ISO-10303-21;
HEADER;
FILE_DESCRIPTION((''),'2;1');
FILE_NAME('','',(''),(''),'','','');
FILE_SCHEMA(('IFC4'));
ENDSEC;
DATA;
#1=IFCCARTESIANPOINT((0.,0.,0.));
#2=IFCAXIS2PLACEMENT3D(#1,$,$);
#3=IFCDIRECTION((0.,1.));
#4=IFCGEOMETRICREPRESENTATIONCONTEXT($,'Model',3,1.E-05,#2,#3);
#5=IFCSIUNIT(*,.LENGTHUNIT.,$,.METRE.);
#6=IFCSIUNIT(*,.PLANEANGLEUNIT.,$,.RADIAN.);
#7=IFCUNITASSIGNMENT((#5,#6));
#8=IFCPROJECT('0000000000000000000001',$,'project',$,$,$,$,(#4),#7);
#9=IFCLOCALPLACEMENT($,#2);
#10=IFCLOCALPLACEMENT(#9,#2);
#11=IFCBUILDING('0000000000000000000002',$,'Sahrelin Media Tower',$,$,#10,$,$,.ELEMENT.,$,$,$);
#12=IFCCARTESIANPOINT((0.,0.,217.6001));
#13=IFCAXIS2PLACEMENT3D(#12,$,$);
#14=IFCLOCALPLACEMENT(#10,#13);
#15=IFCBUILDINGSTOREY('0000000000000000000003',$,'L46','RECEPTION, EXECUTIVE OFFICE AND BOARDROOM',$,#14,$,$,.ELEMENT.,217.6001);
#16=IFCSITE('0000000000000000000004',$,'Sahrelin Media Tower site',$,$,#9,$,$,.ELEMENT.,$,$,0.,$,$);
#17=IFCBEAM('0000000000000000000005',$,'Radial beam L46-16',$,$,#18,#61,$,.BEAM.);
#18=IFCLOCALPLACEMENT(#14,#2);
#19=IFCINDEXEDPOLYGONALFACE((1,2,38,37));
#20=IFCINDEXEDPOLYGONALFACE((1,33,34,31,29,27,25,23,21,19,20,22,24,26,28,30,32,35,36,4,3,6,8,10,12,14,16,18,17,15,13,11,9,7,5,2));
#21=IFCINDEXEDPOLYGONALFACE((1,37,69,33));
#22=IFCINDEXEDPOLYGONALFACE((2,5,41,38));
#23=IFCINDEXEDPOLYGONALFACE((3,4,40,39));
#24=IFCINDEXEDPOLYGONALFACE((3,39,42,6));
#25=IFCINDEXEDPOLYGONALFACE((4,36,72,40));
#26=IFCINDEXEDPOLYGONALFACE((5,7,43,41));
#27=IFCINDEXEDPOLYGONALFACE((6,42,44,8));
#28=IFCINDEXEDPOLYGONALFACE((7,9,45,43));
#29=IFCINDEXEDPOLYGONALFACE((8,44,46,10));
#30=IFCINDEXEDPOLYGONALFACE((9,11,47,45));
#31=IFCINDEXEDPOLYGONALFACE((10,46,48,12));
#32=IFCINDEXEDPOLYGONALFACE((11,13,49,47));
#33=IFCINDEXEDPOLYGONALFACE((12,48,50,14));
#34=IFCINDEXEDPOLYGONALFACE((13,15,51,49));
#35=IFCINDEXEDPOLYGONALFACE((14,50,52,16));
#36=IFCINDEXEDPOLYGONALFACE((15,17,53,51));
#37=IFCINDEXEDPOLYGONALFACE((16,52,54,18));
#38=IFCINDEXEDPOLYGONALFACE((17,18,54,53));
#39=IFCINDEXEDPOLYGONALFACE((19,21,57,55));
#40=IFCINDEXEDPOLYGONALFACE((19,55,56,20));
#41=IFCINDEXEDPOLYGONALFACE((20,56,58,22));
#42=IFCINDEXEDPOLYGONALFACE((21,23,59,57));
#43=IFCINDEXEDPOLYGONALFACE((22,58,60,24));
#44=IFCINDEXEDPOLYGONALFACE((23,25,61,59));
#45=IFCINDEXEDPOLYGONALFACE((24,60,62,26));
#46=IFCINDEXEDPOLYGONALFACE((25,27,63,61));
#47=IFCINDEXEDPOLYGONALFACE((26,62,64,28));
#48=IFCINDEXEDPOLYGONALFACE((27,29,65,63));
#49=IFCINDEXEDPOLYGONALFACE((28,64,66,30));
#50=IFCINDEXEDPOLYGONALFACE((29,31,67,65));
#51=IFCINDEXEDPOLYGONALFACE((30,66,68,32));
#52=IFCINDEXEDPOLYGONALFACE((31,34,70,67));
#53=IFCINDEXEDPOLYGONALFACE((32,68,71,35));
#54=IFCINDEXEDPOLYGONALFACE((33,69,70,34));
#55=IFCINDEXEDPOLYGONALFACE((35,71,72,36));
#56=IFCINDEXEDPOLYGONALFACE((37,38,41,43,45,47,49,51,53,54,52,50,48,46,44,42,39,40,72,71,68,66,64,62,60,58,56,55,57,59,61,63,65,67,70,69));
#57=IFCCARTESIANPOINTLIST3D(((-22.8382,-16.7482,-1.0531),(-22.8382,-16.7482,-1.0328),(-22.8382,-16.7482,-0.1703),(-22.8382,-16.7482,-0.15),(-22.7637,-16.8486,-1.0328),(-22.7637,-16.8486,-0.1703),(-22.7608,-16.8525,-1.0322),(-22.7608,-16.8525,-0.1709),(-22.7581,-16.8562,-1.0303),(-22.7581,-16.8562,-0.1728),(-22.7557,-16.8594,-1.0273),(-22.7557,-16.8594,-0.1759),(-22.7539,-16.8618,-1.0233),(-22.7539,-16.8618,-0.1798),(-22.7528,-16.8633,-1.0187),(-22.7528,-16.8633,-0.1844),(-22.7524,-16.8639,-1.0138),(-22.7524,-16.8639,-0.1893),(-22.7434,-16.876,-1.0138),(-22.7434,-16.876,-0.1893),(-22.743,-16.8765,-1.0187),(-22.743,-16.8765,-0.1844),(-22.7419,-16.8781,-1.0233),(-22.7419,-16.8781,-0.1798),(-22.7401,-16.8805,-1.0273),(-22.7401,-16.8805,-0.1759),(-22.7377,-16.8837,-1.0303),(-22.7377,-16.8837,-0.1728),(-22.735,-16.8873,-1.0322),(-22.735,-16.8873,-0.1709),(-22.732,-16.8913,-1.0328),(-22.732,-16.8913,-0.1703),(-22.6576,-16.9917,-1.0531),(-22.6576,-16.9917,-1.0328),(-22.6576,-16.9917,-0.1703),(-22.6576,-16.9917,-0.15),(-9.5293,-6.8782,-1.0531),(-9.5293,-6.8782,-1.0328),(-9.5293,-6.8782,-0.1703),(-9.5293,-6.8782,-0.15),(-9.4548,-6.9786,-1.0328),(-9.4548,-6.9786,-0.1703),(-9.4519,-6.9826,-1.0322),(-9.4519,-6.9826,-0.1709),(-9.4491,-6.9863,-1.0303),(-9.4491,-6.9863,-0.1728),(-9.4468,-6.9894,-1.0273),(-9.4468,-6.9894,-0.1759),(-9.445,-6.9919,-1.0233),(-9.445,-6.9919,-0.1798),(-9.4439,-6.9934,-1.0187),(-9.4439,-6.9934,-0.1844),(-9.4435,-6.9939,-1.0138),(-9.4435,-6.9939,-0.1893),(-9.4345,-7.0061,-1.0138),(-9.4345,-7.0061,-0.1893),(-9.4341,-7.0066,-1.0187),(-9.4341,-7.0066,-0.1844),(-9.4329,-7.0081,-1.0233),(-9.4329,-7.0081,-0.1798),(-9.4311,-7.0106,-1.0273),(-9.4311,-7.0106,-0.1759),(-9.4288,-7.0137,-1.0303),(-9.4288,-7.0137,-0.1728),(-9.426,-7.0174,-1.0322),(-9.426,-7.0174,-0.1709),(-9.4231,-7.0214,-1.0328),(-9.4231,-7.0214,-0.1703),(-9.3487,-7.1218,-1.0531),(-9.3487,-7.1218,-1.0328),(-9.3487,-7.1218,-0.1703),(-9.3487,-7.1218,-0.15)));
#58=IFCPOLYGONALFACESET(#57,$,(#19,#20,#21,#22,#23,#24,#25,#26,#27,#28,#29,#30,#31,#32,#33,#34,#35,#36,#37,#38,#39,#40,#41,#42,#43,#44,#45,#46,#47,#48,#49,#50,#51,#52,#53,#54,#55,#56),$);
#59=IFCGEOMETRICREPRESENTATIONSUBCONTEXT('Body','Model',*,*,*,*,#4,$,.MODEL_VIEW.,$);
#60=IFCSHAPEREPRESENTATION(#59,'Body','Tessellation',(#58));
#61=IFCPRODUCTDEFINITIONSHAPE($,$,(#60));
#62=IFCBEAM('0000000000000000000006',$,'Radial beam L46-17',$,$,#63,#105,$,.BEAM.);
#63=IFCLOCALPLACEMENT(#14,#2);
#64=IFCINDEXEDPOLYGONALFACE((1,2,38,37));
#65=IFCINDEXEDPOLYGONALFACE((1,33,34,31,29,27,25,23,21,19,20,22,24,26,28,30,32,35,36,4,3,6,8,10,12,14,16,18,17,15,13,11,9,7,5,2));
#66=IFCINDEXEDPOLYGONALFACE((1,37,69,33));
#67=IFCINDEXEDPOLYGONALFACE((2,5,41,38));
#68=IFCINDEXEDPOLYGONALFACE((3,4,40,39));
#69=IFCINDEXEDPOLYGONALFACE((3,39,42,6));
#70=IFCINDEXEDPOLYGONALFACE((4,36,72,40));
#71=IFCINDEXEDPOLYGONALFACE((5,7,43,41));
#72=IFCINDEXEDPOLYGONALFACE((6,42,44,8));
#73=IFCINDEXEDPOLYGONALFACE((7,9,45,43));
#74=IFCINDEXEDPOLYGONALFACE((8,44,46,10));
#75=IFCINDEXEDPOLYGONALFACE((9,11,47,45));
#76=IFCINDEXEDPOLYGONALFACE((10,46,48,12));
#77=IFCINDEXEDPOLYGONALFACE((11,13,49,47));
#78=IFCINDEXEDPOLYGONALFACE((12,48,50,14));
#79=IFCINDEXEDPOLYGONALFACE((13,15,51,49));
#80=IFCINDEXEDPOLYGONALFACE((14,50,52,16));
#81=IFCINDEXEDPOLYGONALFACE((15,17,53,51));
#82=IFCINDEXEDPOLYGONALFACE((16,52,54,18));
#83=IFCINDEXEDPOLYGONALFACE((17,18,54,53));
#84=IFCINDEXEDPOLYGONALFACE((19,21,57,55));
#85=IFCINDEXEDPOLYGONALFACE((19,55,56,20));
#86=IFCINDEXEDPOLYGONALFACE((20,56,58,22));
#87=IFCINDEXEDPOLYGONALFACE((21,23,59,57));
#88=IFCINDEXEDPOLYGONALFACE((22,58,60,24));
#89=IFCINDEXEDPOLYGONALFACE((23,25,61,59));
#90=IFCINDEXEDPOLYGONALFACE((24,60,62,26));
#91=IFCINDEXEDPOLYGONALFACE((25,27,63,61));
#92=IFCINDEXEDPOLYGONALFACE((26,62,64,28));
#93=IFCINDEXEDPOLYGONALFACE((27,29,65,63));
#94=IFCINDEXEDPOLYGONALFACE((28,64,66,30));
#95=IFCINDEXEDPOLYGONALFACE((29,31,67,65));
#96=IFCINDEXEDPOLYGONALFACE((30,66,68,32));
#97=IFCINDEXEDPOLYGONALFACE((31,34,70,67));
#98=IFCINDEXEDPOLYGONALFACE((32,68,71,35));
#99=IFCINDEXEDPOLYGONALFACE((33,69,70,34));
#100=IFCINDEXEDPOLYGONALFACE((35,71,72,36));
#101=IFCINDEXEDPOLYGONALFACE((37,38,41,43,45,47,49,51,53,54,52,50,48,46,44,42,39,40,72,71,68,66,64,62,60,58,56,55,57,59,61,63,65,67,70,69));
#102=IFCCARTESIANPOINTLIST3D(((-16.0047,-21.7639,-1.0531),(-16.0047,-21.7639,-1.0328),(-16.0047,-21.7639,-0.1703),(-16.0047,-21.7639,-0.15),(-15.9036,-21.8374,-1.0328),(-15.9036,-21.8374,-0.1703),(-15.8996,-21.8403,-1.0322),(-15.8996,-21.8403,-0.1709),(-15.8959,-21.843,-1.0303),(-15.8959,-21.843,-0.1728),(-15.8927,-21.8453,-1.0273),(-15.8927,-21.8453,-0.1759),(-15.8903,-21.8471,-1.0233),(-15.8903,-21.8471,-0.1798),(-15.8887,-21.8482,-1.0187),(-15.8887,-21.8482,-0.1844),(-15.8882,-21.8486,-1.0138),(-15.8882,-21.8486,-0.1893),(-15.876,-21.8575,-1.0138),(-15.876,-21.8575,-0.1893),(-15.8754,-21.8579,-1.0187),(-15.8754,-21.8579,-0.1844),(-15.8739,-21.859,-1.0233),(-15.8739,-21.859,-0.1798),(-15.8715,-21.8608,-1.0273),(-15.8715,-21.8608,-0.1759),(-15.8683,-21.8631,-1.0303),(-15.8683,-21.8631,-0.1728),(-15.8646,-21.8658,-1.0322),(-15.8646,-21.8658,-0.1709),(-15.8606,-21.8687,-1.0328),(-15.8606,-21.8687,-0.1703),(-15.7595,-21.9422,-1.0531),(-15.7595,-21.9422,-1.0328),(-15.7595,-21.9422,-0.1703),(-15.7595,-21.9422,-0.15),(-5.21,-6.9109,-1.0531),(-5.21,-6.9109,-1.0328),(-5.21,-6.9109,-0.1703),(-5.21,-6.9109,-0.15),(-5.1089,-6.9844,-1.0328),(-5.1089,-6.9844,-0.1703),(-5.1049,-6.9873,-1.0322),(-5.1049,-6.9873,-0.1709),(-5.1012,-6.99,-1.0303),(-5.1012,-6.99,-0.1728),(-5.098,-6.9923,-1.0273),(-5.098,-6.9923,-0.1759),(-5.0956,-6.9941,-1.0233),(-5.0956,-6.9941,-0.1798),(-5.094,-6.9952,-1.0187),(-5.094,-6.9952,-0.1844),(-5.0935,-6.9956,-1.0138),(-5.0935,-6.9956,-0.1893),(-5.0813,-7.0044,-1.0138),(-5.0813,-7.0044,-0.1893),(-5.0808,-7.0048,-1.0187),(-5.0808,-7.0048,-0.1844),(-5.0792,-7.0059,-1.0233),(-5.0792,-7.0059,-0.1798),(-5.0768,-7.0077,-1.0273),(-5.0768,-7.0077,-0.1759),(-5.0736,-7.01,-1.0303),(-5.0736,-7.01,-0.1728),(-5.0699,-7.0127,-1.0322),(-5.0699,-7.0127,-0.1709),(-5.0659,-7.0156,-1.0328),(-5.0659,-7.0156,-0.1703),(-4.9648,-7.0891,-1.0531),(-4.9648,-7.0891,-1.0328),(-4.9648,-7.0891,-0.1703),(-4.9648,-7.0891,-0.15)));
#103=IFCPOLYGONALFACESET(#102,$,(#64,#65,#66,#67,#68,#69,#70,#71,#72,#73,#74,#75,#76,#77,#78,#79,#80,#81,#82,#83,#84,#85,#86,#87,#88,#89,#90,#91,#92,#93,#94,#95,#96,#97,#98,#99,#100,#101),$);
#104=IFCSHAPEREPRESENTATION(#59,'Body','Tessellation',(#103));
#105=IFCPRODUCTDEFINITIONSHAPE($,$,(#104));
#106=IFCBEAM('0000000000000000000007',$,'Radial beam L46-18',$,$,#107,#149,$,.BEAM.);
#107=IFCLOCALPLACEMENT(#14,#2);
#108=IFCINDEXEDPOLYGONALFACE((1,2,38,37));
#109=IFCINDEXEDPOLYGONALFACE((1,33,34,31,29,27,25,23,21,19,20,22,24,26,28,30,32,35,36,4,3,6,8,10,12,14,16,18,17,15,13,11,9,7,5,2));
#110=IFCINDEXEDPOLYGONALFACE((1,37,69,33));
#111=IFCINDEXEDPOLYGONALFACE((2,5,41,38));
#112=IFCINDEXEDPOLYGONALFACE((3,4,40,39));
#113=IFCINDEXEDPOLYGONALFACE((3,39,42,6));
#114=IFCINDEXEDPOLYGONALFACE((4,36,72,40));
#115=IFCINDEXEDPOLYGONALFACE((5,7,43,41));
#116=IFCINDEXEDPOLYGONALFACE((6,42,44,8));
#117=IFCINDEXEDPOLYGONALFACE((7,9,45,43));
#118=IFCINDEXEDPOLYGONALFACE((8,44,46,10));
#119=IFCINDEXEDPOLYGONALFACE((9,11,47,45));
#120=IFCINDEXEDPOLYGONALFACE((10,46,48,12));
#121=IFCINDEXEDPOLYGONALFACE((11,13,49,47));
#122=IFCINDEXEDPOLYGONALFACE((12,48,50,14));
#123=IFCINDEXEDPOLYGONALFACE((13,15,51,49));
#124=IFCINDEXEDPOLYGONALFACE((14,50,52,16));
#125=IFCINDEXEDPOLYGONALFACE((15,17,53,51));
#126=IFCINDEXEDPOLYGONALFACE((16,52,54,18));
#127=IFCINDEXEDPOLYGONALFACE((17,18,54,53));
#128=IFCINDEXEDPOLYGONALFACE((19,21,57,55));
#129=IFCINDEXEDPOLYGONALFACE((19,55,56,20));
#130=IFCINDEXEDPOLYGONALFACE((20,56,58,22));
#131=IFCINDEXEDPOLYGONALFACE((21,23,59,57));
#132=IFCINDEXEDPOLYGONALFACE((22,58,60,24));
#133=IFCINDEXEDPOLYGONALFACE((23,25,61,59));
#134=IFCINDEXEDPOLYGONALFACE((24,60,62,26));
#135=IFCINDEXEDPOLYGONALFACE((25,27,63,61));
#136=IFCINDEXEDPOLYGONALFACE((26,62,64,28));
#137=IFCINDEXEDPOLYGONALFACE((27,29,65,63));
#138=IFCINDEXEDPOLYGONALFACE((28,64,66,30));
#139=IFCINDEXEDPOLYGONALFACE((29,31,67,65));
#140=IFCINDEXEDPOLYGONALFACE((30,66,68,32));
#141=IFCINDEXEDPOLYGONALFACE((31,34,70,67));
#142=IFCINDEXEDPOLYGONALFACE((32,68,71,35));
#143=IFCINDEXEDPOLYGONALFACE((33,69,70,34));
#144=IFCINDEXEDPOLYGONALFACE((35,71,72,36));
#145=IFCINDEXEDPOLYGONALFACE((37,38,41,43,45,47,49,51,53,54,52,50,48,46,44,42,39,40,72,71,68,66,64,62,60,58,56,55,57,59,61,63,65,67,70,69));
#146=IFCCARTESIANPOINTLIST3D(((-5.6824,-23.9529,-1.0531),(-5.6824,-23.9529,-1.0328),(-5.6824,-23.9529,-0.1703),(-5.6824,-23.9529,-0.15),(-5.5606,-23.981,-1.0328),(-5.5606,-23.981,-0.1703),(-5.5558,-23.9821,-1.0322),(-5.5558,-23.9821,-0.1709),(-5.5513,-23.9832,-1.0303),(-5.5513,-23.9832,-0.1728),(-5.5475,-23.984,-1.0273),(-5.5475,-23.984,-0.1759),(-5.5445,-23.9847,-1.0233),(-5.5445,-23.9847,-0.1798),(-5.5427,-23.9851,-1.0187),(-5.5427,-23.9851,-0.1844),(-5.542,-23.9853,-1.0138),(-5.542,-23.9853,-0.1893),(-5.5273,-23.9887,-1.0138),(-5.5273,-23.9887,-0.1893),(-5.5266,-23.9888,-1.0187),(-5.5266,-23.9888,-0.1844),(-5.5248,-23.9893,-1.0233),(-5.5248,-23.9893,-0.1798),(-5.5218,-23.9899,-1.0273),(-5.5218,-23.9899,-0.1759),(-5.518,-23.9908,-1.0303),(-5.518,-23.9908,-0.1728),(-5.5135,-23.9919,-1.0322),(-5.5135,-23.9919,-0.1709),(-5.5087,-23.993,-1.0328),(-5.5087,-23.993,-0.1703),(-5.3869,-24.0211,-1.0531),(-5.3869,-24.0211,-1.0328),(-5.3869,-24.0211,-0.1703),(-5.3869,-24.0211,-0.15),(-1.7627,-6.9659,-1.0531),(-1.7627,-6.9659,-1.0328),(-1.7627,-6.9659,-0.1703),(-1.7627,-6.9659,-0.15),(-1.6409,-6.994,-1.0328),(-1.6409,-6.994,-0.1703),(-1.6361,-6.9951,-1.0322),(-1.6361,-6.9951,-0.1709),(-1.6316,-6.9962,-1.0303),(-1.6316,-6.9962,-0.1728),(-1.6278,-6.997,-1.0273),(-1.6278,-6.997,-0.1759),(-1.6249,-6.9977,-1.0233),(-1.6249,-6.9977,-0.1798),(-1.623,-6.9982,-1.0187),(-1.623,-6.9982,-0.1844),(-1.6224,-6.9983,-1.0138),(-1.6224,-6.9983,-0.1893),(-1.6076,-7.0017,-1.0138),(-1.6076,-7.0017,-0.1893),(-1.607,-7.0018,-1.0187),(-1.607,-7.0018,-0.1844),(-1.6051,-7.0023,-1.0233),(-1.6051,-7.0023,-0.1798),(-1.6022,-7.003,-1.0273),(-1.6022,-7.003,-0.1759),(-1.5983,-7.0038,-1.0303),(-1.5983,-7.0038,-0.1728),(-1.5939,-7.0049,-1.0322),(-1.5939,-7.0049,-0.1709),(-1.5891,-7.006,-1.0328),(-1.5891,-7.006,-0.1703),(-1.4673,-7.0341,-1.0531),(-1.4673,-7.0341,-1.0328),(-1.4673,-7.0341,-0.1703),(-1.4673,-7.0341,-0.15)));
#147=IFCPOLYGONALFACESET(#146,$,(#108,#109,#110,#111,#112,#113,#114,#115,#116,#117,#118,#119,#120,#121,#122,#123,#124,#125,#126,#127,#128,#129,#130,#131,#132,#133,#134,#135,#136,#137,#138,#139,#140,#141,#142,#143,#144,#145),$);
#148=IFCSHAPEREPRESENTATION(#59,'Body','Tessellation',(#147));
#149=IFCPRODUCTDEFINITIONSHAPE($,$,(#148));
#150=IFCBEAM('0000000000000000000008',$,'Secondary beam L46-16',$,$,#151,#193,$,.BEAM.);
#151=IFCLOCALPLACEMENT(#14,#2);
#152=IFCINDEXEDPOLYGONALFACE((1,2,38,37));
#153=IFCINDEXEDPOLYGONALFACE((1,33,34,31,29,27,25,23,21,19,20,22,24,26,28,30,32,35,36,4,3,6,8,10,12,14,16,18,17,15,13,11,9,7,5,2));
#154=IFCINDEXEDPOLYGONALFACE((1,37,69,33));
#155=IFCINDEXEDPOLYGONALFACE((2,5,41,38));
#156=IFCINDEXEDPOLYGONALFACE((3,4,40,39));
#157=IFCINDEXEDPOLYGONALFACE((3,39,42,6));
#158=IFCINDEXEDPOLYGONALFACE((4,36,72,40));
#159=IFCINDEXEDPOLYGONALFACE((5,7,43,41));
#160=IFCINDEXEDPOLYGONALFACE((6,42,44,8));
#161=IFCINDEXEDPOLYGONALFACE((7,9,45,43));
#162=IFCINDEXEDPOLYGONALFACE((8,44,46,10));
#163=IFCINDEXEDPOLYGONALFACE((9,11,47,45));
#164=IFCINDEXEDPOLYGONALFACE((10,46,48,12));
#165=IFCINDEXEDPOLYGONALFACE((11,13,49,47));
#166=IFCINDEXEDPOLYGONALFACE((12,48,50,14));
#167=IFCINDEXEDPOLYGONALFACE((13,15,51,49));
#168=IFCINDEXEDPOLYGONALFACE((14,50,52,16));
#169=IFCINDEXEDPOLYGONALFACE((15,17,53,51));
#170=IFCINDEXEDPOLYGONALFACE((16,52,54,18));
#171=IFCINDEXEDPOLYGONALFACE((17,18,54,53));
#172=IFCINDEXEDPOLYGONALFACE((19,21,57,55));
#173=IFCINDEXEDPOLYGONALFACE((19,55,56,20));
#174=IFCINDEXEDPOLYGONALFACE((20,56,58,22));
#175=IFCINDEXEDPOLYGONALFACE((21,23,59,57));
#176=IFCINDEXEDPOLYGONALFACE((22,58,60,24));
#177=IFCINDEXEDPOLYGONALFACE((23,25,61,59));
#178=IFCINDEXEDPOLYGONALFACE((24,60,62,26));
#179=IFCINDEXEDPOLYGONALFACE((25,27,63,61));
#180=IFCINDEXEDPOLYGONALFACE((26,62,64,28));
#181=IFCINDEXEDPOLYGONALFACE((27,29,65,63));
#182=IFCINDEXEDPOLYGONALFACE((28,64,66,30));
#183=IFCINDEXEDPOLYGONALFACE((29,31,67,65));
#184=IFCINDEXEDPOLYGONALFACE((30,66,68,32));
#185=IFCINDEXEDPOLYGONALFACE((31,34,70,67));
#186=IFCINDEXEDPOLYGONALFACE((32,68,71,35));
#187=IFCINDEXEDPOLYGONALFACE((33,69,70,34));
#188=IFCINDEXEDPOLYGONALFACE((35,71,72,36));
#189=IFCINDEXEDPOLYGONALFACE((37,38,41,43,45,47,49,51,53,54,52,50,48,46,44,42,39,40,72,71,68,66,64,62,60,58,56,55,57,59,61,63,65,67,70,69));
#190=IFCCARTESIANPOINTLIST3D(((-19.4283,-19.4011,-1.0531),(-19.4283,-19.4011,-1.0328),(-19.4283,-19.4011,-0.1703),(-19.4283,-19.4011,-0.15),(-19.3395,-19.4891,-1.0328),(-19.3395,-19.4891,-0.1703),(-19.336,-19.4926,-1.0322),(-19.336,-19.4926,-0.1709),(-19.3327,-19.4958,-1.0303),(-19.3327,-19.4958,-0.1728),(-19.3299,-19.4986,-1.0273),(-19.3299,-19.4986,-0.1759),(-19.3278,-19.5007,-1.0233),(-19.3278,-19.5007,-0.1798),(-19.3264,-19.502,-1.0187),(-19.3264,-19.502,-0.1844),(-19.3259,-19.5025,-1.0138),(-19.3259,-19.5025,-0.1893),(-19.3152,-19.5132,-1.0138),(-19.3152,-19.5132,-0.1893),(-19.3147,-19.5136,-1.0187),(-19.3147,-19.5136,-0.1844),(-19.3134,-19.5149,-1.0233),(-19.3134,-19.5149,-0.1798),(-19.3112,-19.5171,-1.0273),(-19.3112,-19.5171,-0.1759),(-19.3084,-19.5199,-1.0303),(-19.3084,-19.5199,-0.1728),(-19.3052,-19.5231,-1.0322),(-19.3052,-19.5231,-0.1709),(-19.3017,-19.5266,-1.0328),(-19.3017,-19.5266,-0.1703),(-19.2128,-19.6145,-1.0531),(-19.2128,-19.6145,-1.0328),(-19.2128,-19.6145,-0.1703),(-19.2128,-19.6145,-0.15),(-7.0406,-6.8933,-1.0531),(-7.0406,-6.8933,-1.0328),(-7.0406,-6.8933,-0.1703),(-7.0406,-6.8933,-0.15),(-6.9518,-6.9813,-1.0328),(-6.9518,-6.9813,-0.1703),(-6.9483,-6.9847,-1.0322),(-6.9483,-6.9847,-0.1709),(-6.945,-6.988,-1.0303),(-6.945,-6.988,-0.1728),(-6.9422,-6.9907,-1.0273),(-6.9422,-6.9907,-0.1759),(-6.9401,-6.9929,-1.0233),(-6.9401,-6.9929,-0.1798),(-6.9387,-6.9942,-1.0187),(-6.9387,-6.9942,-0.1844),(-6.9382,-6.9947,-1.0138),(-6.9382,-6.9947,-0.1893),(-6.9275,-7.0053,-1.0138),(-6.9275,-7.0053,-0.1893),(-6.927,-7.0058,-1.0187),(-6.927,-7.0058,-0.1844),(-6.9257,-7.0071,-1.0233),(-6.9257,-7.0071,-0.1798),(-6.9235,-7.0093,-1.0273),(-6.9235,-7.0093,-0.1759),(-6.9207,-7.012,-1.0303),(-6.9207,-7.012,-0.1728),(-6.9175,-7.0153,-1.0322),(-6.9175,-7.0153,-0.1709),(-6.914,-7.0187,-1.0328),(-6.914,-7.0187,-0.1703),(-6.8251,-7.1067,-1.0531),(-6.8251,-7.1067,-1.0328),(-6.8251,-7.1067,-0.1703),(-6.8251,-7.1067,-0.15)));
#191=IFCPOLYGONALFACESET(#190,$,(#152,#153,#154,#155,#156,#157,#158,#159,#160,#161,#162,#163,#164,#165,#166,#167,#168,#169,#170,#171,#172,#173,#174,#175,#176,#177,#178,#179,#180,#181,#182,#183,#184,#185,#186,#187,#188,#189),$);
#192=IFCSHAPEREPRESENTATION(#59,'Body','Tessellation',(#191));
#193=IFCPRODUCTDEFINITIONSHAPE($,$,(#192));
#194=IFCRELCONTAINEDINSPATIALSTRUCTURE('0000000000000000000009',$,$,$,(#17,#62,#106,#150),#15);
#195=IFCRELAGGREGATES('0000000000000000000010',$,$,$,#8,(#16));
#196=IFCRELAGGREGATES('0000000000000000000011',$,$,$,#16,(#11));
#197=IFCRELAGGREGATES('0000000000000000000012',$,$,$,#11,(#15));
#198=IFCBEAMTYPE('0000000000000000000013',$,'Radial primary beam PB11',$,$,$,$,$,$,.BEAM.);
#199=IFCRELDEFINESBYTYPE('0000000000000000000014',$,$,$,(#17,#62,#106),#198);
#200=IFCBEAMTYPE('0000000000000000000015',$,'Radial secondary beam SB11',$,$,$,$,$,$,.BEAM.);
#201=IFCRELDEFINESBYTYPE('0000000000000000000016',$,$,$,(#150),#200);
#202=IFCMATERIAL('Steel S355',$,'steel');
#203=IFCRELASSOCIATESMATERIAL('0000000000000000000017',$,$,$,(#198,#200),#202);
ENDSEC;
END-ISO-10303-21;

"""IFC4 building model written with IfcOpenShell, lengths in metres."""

from ifc_helpers import new_model, si_unit, direction, frame, origin, origin_2d, place, context, subcontext, project, spatial, i_section, extrude, material, material_profile, profile_set, type_object, element, save


model = new_model("IFC4")

# Units and contexts
model_context = context("Model", 3, precision=1e-05, world=origin(), true_north=direction((0.0, 1.0)))
body_context = subcontext(model_context, "Body", "Model", "MODEL_VIEW")
ifc_project = project(units=[si_unit("LENGTHUNIT", "METRE"), si_unit("PLANEANGLEUNIT", "RADIAN")], contexts=[model_context])

# Site, building, storey
site_placement = place(None, origin())
site = spatial("IfcSite", under=ifc_project, at=site_placement, Name="Sahrelin Media Tower site", CompositionType="ELEMENT", RefElevation=0.0)
building_placement = place(site_placement, origin())
building = spatial("IfcBuilding", under=site, at=building_placement, Name="Sahrelin Media Tower", CompositionType="ELEMENT")
storey_placement = place(building_placement, frame((0.0, 0.0, 217.6001)))
storey = spatial("IfcBuildingStorey", under=building, at=storey_placement, Name="L46", Description="RECEPTION, EXECUTIVE OFFICE AND BOARDROOM", CompositionType="ELEMENT", Elevation=217.6001)

# Beams
ifc_material_1 = material(Name="Steel S355", Category="steel")
ifc_material_profile_1 = material_profile(ifc_material_1, i_section(OverallWidth=0.3032, OverallDepth=0.9031, WebThickness=0.0151, FlangeThickness=0.0203, FilletRadius=0.019, at=origin_2d()), Name="UB 914x305x201")
ifc_profile_set_1 = profile_set([ifc_material_profile_1], Name="Steel S355")
beam_type_1 = type_object("IfcBeamType", Name="Radial primary beam PB11", PredefinedType="BEAM", material=ifc_profile_set_1)
beam_1_placement = place(storey_placement, frame((-9.439, -7.0, -0.6016), z_axis=(-0.803226, -0.595675, 0.0), x_axis=(0.595675, -0.803226, 0.0)))
element("IfcBeam", 1, at=beam_1_placement, inside=storey, type_object=beam_type_1, Name="Radial beam L46-16", PredefinedType="BEAM", context=body_context, shape_type="SweptSolid", body=[
    extrude(i_section(OverallWidth=0.3032, OverallDepth=0.9031, WebThickness=0.0151, FlangeThickness=0.0203, FilletRadius=0.019, at=origin_2d()), origin(), (0.0, 0.0, 1.0), 16.5693),
])
beam_2_placement = place(storey_placement, frame((-5.0874, -7.0, -0.6016), z_axis=(-0.587904, -0.808931, 0.0), x_axis=(0.808931, -0.587904, 0.0)))
element("IfcBeam", 2, at=beam_2_placement, inside=storey, type_object=beam_type_1, Name="Radial beam L46-17", PredefinedType="BEAM", context=body_context, shape_type="SweptSolid", body=[
    extrude(i_section(OverallWidth=0.3032, OverallDepth=0.9031, WebThickness=0.0151, FlangeThickness=0.0203, FilletRadius=0.019, at=origin_2d()), origin(), (0.0, 0.0, 1.0), 18.3613),
])
beam_3_placement = place(storey_placement, frame((-1.615, -7.0, -0.6016), z_axis=(-0.224837, -0.974396, 0.0), x_axis=(0.974396, -0.224837, 0.0)))
element("IfcBeam", 3, at=beam_3_placement, inside=storey, type_object=beam_type_1, Name="Radial beam L46-18", PredefinedType="BEAM", context=body_context, shape_type="SweptSolid", body=[
    extrude(i_section(OverallWidth=0.3032, OverallDepth=0.9031, WebThickness=0.0151, FlangeThickness=0.0203, FilletRadius=0.019, at=origin_2d()), origin(), (0.0, 0.0, 1.0), 17.4333),
])
ifc_material_profile_2 = material_profile(ifc_material_1, i_section(OverallWidth=0.3032, OverallDepth=0.9031, WebThickness=0.0151, FlangeThickness=0.0203, FilletRadius=0.019, at=origin_2d()), Name="UB 914x305x201")
ifc_profile_set_2 = profile_set([ifc_material_profile_2], Name="Steel S355")
beam_type_2 = type_object("IfcBeamType", Name="Radial secondary beam SB11", PredefinedType="BEAM", material=ifc_profile_set_2)
beam_4_placement = place(storey_placement, frame((-6.9329, -7.0, -0.6016), z_axis=(-0.703687, -0.71051, 0.0), x_axis=(0.71051, -0.703687, 0.0)))
element("IfcBeam", 4, at=beam_4_placement, inside=storey, type_object=beam_type_2, Name="Secondary beam L46-16", PredefinedType="BEAM", context=body_context, shape_type="SweptSolid", body=[
    extrude(i_section(OverallWidth=0.3032, OverallDepth=0.9031, WebThickness=0.0151, FlangeThickness=0.0203, FilletRadius=0.019, at=origin_2d()), origin(), (0.0, 0.0, 1.0), 17.604),
])

save(model, "model.ifc")
